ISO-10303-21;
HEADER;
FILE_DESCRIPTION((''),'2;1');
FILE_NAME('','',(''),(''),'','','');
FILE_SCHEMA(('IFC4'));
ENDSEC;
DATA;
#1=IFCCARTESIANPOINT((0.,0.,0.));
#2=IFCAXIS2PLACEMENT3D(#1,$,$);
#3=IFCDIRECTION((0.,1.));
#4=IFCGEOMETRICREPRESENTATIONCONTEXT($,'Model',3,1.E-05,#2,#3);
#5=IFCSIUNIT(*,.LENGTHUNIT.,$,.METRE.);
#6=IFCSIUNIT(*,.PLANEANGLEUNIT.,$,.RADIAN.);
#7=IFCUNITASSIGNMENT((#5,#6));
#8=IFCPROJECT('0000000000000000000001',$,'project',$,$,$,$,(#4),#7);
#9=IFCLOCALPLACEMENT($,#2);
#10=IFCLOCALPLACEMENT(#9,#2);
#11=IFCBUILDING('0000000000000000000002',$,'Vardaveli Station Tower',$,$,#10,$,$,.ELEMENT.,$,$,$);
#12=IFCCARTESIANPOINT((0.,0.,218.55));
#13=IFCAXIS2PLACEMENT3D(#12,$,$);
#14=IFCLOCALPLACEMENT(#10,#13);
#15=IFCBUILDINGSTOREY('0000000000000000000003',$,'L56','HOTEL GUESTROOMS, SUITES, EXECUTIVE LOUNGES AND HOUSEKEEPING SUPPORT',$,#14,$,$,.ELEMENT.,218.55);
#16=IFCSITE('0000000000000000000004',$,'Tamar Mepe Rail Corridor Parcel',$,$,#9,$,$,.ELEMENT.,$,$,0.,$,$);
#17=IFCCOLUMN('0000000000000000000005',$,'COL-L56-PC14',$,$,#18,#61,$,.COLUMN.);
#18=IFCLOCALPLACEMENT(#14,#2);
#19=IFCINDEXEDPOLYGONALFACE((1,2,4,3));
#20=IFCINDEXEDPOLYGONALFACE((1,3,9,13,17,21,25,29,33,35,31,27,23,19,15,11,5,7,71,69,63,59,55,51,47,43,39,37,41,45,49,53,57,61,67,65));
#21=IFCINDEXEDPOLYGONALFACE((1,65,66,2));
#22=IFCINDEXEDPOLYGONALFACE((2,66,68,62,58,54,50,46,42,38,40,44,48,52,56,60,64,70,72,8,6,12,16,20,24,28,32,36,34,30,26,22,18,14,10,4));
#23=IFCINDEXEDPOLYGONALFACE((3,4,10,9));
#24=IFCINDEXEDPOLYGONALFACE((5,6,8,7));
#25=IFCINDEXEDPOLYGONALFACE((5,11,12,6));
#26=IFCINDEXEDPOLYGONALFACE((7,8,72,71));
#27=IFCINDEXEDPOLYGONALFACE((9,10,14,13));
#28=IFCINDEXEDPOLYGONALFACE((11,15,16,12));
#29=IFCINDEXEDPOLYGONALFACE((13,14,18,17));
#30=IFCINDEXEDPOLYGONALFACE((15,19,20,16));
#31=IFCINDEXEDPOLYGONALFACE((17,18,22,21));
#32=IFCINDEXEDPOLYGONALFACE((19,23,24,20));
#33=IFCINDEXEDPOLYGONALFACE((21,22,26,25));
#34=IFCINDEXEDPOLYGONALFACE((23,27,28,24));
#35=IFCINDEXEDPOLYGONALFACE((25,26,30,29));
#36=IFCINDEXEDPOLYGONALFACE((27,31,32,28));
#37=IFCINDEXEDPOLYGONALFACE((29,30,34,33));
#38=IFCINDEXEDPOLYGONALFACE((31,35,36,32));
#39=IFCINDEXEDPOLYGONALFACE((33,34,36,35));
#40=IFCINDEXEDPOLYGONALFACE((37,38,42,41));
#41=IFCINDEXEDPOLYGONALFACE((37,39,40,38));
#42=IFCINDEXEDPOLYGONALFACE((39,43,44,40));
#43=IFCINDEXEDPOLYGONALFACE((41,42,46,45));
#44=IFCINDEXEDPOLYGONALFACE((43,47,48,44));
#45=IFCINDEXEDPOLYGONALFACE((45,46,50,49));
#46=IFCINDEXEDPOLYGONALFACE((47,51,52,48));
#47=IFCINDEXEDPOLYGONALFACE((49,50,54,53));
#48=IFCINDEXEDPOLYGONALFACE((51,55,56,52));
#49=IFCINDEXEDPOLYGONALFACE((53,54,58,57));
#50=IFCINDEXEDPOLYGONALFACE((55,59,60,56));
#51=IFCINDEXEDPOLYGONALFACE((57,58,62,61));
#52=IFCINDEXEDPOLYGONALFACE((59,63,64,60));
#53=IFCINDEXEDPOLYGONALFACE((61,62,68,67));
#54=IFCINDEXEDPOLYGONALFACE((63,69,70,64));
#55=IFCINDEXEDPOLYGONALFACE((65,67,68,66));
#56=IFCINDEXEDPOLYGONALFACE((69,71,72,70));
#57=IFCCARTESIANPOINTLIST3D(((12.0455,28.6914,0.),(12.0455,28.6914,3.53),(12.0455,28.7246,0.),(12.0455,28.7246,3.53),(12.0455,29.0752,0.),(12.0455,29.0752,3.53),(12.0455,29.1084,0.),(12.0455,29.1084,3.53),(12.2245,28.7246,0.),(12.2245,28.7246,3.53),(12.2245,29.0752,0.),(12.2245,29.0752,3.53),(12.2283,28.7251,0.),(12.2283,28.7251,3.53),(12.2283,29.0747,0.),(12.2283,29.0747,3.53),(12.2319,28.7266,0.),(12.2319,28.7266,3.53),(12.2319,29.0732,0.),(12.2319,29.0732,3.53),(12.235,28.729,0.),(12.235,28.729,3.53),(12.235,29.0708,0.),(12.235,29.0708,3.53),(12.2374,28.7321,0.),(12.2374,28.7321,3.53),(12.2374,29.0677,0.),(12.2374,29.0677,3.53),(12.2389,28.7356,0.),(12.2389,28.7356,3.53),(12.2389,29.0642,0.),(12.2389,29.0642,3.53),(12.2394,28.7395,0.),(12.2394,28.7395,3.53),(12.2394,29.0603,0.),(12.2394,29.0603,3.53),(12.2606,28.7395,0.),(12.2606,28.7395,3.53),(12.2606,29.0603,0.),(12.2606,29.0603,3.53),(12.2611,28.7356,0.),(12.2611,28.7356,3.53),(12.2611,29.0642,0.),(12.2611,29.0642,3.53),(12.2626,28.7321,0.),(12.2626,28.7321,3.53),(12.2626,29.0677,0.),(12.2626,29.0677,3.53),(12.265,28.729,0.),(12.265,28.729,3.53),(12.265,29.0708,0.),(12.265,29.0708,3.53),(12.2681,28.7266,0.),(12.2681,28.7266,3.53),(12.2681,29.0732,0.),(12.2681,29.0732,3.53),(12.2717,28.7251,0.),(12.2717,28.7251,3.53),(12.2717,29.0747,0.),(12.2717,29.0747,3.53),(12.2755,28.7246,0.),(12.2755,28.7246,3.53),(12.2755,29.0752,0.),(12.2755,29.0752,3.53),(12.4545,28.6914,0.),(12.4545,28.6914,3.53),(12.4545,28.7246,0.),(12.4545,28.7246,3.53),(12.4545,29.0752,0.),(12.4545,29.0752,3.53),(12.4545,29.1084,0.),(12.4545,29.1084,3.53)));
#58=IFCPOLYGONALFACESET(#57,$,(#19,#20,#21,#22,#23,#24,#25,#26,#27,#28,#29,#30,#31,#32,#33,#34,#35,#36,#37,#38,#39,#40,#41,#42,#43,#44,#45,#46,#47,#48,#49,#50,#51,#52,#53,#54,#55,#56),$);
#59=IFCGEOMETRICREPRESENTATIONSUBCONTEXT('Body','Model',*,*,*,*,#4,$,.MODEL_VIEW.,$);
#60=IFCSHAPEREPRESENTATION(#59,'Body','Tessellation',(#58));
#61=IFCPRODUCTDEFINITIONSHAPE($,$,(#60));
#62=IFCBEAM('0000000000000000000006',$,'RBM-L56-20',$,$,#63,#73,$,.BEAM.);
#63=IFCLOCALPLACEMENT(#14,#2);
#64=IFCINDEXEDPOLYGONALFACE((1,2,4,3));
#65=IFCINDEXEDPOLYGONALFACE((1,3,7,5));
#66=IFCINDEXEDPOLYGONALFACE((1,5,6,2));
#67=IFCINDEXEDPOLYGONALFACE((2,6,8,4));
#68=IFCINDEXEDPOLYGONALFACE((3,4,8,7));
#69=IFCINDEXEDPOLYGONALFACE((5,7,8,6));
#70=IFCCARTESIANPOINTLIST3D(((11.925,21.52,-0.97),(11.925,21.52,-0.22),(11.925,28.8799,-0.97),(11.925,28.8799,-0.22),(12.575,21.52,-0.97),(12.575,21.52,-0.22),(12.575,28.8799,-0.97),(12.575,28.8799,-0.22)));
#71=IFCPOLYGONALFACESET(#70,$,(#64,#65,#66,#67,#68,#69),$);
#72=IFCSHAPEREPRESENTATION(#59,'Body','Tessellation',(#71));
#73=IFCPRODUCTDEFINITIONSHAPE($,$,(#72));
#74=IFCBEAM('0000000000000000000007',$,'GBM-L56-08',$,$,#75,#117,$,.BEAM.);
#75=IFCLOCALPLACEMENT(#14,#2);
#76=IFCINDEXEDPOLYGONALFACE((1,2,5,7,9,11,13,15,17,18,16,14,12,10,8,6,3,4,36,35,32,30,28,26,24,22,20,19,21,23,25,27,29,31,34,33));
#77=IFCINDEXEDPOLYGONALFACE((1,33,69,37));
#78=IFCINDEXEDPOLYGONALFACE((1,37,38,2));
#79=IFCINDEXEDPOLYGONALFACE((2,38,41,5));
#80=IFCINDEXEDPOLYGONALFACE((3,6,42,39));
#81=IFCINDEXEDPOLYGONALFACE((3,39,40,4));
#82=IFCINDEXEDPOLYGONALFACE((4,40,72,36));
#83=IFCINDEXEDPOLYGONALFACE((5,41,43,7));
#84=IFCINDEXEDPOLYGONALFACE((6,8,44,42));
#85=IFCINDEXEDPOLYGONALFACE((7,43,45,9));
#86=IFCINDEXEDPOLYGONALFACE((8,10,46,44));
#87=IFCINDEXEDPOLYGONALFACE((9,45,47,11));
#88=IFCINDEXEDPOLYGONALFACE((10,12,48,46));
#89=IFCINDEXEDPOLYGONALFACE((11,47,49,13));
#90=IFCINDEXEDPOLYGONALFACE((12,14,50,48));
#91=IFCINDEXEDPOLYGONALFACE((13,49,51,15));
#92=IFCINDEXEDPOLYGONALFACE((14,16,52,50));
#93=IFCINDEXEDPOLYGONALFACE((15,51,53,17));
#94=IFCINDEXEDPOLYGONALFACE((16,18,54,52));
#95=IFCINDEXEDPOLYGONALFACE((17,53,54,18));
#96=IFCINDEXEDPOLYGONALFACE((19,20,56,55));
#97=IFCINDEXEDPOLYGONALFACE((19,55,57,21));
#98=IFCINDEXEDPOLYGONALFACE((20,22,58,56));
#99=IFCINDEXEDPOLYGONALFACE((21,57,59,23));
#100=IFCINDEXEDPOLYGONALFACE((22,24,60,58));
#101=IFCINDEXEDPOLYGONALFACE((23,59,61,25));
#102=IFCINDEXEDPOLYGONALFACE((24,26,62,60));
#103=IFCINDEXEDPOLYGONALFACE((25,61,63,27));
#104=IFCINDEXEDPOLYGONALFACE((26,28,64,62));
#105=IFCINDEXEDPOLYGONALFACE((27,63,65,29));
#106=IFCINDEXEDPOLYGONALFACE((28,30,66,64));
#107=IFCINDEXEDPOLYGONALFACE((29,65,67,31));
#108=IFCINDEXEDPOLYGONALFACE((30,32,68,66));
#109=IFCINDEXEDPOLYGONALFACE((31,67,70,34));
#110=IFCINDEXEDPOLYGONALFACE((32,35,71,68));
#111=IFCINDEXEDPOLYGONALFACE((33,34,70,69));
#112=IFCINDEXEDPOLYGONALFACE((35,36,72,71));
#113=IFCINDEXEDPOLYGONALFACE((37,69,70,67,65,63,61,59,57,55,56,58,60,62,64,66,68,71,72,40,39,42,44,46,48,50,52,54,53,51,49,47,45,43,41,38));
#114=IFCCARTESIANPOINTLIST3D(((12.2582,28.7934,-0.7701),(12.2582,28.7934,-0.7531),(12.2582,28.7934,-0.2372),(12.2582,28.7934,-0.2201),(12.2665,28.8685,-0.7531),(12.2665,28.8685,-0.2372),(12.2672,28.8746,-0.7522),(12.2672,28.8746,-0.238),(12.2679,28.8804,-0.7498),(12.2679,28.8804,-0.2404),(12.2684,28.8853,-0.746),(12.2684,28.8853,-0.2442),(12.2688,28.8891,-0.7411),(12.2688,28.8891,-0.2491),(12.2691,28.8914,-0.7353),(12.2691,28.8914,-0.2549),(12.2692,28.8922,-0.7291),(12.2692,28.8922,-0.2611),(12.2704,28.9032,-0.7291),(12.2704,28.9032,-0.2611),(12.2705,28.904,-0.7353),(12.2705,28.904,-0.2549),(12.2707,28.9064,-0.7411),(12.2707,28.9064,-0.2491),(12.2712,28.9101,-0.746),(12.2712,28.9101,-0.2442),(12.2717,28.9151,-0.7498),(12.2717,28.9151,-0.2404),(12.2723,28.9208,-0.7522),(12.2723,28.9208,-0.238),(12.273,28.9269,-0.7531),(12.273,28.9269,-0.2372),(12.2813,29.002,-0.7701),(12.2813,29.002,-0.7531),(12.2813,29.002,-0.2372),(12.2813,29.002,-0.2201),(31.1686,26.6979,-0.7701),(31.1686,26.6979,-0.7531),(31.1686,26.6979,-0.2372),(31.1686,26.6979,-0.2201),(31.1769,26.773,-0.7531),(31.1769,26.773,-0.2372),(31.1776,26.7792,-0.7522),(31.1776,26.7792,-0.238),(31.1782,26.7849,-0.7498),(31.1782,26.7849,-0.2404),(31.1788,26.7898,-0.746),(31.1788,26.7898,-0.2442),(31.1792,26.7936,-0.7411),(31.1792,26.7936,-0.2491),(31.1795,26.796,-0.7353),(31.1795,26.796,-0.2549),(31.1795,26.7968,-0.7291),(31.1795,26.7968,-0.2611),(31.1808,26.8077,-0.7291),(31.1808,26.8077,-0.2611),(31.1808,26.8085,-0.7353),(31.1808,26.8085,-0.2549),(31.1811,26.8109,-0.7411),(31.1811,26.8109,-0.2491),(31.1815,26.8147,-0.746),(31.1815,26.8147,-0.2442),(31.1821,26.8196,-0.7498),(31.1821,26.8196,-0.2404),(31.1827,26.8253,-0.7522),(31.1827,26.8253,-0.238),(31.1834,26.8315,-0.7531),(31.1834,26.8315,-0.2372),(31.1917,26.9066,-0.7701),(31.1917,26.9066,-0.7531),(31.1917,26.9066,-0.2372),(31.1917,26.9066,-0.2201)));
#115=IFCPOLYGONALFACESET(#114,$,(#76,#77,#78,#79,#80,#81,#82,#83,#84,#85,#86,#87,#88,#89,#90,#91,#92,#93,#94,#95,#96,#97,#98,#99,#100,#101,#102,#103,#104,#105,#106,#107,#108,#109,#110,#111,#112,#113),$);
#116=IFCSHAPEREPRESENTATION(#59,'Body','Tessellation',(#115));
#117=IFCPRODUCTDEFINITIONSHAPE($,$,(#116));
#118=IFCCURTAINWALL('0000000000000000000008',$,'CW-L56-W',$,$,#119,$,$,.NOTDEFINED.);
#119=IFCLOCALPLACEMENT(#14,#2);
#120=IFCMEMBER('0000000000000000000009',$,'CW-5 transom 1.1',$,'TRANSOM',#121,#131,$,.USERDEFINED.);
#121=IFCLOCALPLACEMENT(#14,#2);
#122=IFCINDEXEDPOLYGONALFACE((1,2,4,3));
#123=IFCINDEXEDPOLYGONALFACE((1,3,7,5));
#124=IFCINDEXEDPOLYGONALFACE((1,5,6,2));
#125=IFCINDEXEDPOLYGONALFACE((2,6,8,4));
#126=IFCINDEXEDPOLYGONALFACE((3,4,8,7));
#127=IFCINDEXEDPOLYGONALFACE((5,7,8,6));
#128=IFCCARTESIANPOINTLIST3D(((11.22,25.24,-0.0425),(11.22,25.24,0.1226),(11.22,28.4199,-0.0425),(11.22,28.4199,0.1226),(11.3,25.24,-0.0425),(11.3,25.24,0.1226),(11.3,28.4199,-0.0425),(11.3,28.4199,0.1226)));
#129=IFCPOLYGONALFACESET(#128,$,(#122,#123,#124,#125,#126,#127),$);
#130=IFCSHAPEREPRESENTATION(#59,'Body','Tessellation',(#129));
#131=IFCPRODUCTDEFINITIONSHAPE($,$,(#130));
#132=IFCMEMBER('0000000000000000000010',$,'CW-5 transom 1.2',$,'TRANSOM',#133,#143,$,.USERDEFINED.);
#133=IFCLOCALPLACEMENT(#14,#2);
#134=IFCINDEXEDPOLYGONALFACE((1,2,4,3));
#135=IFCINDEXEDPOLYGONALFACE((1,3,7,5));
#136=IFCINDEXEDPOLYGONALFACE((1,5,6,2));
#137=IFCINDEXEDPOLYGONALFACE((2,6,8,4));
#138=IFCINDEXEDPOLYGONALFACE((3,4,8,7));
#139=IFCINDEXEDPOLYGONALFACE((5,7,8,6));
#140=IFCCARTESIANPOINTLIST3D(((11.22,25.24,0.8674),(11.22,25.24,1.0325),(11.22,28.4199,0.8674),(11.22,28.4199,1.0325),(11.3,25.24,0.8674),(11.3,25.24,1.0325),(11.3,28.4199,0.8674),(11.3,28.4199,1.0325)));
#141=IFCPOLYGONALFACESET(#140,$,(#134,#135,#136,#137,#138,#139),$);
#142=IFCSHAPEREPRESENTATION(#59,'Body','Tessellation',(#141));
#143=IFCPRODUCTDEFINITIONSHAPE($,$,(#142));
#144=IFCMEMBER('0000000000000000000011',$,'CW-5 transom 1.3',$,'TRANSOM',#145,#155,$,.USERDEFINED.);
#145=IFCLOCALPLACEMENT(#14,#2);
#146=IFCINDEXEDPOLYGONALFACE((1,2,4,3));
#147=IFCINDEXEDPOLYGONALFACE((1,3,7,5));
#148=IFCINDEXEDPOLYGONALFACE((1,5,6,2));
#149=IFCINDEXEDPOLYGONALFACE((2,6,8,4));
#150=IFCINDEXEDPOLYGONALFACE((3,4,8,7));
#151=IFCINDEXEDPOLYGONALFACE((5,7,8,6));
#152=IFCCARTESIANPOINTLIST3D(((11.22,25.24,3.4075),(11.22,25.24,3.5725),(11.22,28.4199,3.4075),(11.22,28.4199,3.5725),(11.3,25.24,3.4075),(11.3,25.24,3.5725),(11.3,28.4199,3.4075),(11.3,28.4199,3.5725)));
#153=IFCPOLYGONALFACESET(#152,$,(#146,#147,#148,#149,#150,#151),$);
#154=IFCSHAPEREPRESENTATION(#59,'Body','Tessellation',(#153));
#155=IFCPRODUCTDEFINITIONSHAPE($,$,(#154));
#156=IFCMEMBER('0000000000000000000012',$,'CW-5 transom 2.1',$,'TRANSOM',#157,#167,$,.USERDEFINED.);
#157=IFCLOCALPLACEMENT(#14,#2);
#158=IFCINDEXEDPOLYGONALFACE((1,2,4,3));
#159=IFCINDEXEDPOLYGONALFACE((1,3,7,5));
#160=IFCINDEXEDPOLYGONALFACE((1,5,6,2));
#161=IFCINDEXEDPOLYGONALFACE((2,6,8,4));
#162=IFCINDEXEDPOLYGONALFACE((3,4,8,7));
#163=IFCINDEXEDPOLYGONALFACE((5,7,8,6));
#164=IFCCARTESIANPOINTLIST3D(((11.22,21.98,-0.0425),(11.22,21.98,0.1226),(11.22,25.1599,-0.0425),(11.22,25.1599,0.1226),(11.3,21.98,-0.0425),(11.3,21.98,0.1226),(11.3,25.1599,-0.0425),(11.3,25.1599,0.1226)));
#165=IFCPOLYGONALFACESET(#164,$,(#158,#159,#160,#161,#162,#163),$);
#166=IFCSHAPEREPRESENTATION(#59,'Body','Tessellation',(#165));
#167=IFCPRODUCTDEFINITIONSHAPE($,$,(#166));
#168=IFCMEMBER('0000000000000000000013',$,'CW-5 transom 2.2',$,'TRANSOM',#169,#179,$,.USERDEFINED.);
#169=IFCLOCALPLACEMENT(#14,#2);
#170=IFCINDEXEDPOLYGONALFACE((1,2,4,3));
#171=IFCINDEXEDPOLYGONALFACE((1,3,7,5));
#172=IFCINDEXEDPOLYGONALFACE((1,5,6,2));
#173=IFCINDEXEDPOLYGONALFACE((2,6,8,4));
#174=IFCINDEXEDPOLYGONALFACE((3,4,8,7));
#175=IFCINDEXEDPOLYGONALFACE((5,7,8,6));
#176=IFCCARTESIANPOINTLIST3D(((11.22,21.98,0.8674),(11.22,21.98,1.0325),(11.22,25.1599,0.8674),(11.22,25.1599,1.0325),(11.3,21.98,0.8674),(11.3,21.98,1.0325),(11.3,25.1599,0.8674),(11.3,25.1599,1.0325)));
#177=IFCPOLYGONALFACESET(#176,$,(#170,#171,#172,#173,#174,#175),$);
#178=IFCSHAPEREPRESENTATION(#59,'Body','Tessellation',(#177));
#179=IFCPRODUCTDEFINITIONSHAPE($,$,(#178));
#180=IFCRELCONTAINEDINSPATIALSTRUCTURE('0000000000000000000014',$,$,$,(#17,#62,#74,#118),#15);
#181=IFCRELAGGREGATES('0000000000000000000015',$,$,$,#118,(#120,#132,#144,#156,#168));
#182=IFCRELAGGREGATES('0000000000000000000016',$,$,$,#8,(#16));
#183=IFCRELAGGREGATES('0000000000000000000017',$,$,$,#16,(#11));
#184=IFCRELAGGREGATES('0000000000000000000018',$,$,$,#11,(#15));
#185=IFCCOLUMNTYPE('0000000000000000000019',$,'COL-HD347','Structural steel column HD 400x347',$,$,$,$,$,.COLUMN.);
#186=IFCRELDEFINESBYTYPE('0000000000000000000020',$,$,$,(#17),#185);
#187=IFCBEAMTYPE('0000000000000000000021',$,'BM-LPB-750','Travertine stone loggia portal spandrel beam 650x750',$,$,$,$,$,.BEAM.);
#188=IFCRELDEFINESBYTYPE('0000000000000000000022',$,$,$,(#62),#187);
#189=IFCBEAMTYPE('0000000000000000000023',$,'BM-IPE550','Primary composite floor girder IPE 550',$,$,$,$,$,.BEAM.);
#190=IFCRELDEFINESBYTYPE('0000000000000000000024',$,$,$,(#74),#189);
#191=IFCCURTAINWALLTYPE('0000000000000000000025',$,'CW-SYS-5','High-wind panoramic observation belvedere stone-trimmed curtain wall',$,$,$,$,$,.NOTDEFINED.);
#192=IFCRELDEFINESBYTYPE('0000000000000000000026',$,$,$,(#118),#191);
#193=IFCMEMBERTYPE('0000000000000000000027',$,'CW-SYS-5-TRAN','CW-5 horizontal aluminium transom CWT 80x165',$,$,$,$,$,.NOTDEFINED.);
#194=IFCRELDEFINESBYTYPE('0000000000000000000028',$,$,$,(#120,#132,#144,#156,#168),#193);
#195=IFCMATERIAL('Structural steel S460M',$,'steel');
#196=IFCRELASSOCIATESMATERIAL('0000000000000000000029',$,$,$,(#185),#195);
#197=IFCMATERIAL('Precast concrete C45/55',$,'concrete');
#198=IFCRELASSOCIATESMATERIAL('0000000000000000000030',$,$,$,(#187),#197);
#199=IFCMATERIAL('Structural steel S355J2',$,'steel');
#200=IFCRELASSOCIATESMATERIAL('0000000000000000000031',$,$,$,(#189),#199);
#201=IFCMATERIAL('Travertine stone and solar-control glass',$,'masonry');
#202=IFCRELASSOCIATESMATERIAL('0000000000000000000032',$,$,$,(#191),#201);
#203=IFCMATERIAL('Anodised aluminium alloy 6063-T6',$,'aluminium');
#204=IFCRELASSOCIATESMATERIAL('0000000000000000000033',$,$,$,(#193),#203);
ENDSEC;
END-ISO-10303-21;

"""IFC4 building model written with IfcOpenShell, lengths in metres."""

from ifc_helpers import new_model, si_unit, direction, frame, origin, origin_2d, place, context, subcontext, project, spatial, rectangle, i_section, extrude, source, transform, mapped, material, material_profile, profile_set, type_object, element, aggregate, save


model = new_model("IFC4")

# Units and contexts
model_context = context("Model", 3, precision=1e-05, world=origin(), true_north=direction((0.0, 1.0)))
body_context = subcontext(model_context, "Body", "Model", "MODEL_VIEW")
ifc_project = project(units=[si_unit("LENGTHUNIT", "METRE"), si_unit("PLANEANGLEUNIT", "RADIAN")], contexts=[model_context])

# Site, building, storey
site_placement = place(None, origin())
site = spatial("IfcSite", under=ifc_project, at=site_placement, Name="Tamar Mepe Rail Corridor Parcel", CompositionType="ELEMENT", RefElevation=0.0)
building_placement = place(site_placement, origin())
building = spatial("IfcBuilding", under=site, at=building_placement, Name="Vardaveli Station Tower", CompositionType="ELEMENT")
storey_placement = place(building_placement, frame((0.0, 0.0, 218.55)))
storey = spatial("IfcBuildingStorey", under=building, at=storey_placement, Name="L56", Description="HOTEL GUESTROOMS, SUITES, EXECUTIVE LOUNGES AND HOUSEKEEPING SUPPORT", CompositionType="ELEMENT", Elevation=218.55)

# Column
ifc_material_1 = material(Name="Structural steel S460M", Category="steel")
ifc_material_profile_1 = material_profile(ifc_material_1, i_section(OverallWidth=0.4089, OverallDepth=0.417, WebThickness=0.0212, FlangeThickness=0.0332, FilletRadius=0.0149, at=origin_2d()), Name="HD 400x347")
ifc_profile_set_1 = profile_set([ifc_material_profile_1], Name="Structural steel S460M")
column_type = type_object("IfcColumnType", Name="COL-HD347", Description="Structural steel column HD 400x347", PredefinedType="COLUMN", material=ifc_profile_set_1)
shared_shape_1 = source(origin(), body_context, "Body", "SweptSolid", [
    extrude(i_section(OverallWidth=0.4089, OverallDepth=0.417, WebThickness=0.0212, FlangeThickness=0.0332, FilletRadius=0.0149, at=origin_2d()), origin(), (0.0, 0.0, 1.0), 3.53),
])
column_placement = place(storey_placement, frame((12.25, 28.8999, 0.0), z_axis=(0.0, 0.0, 1.0), x_axis=(1.0, 0.0, 0.0)))
element("IfcColumn", 1, at=column_placement, inside=storey, type_object=column_type, Name="COL-L56-PC14", PredefinedType="COLUMN", context=body_context, shape_type="MappedRepresentation", body=[
    mapped(shared_shape_1, transform((0.0, 0.0, 0.0), scale=1.0)),
])

# Beams
ifc_material_2 = material(Name="Precast concrete C45/55", Category="concrete")
ifc_material_profile_2 = material_profile(ifc_material_2, rectangle(XDim=0.6499, YDim=0.75, at=origin_2d()), Name="LPB 650x750")
ifc_profile_set_2 = profile_set([ifc_material_profile_2], Name="Precast concrete C45/55")
beam_type_1 = type_object("IfcBeamType", Name="BM-LPB-750", Description="Travertine stone loggia portal spandrel beam 650x750", PredefinedType="BEAM", material=ifc_profile_set_2)
shared_shape_2 = source(origin(), body_context, "Body", "SweptSolid", [
    extrude(rectangle(XDim=0.6499, YDim=0.75, at=origin_2d()), origin(), (0.0, 0.0, 1.0), 7.3599),
])
beam_1_placement = place(storey_placement, frame((12.25, 28.8799, -0.595), z_axis=(0.0, -1.0, 0.0), x_axis=(1.0, 0.0, 0.0)))
element("IfcBeam", 2, at=beam_1_placement, inside=storey, type_object=beam_type_1, Name="RBM-L56-20", PredefinedType="BEAM", context=body_context, shape_type="MappedRepresentation", body=[
    mapped(shared_shape_2, transform((0.0, 0.0, 0.0), scale=1.0)),
])
ifc_material_3 = material(Name="Structural steel S355J2", Category="steel")
ifc_material_profile_3 = material_profile(ifc_material_3, i_section(OverallWidth=0.21, OverallDepth=0.55, WebThickness=0.011, FlangeThickness=0.0171, FilletRadius=0.0239, at=origin_2d()), Name="IPE 550")
ifc_profile_set_3 = profile_set([ifc_material_profile_3], Name="Structural steel S355J2")
beam_type_2 = type_object("IfcBeamType", Name="BM-IPE550", Description="Primary composite floor girder IPE 550", PredefinedType="BEAM", material=ifc_profile_set_3)
shared_shape_3 = source(origin(), body_context, "Body", "SweptSolid", [
    extrude(i_section(OverallWidth=0.21, OverallDepth=0.55, WebThickness=0.011, FlangeThickness=0.0171, FilletRadius=0.0239, at=origin_2d()), origin(), (0.0, 0.0, 1.0), 19.0261),
])
beam_2_placement = place(storey_placement, frame((12.2698, 28.8977, -0.4951), z_axis=(0.993917, -0.110136, 0.0), x_axis=(0.110136, 0.993917, 0.0)))
element("IfcBeam", 3, at=beam_2_placement, inside=storey, type_object=beam_type_2, Name="GBM-L56-08", PredefinedType="BEAM", context=body_context, shape_type="MappedRepresentation", body=[
    mapped(shared_shape_3, transform((0.0, 0.0, 0.0), scale=1.0)),
])

# Curtain wall, members
ifc_material_4 = material(Name="Travertine stone and solar-control glass", Category="masonry")
curtain_wall_type = type_object("IfcCurtainWallType", Name="CW-SYS-5", Description="High-wind panoramic observation belvedere stone-trimmed curtain wall", PredefinedType="NOTDEFINED", material=ifc_material_4)
curtain_wall_placement = place(storey_placement, origin())
curtain_wall = element("IfcCurtainWall", 4, at=curtain_wall_placement, inside=storey, type_object=curtain_wall_type, Name="CW-L56-W", PredefinedType="NOTDEFINED")
ifc_material_5 = material(Name="Anodised aluminium alloy 6063-T6", Category="aluminium")
ifc_material_profile_4 = material_profile(ifc_material_5, rectangle(XDim=0.0801, YDim=0.165, at=origin_2d()), Name="CWT 80x165")
ifc_profile_set_4 = profile_set([ifc_material_profile_4], Name="Anodised aluminium alloy 6063-T6")
member_type_1 = type_object("IfcMemberType", Name="CW-SYS-5-TRAN", Description="CW-5 horizontal aluminium transom CWT 80x165", PredefinedType="NOTDEFINED", material=ifc_profile_set_4)
shared_shape_4 = source(origin(), body_context, "Body", "SweptSolid", [
    extrude(rectangle(XDim=0.0801, YDim=0.165, at=origin_2d()), origin(), (0.0, 0.0, 1.0), 3.1799),
])
member_1_placement = place(storey_placement, frame((11.26, 28.4199, 0.04), z_axis=(0.0, -1.0, 0.0), x_axis=(1.0, 0.0, 0.0)))
member_1 = element("IfcMember", 5, at=member_1_placement, type_object=member_type_1, Name="CW-5 transom 1.1", ObjectType="TRANSOM", PredefinedType="USERDEFINED", context=body_context, shape_type="MappedRepresentation", body=[
    mapped(shared_shape_4, transform((0.0, 0.0, 0.0), scale=1.0)),
])
member_2_placement = place(storey_placement, frame((11.26, 28.4199, 0.95), z_axis=(0.0, -1.0, 0.0), x_axis=(1.0, 0.0, 0.0)))
member_2 = element("IfcMember", 6, at=member_2_placement, type_object=member_type_1, Name="CW-5 transom 1.2", ObjectType="TRANSOM", PredefinedType="USERDEFINED", context=body_context, shape_type="MappedRepresentation", body=[
    mapped(shared_shape_4, transform((0.0, 0.0, 0.0), scale=1.0)),
])
member_3_placement = place(storey_placement, frame((11.26, 28.4199, 3.49), z_axis=(0.0, -1.0, 0.0), x_axis=(1.0, 0.0, 0.0)))
member_3 = element("IfcMember", 7, at=member_3_placement, type_object=member_type_1, Name="CW-5 transom 1.3", ObjectType="TRANSOM", PredefinedType="USERDEFINED", context=body_context, shape_type="MappedRepresentation", body=[
    mapped(shared_shape_4, transform((0.0, 0.0, 0.0), scale=1.0)),
])
member_4_placement = place(storey_placement, frame((11.26, 25.1599, 0.04), z_axis=(0.0, -1.0, 0.0), x_axis=(1.0, 0.0, 0.0)))
member_4 = element("IfcMember", 8, at=member_4_placement, type_object=member_type_1, Name="CW-5 transom 2.1", ObjectType="TRANSOM", PredefinedType="USERDEFINED", context=body_context, shape_type="MappedRepresentation", body=[
    mapped(shared_shape_4, transform((0.0, 0.0, 0.0), scale=1.0)),
])
member_5_placement = place(storey_placement, frame((11.26, 25.1599, 0.95), z_axis=(0.0, -1.0, 0.0), x_axis=(1.0, 0.0, 0.0)))
member_5 = element("IfcMember", 9, at=member_5_placement, type_object=member_type_1, Name="CW-5 transom 2.2", ObjectType="TRANSOM", PredefinedType="USERDEFINED", context=body_context, shape_type="MappedRepresentation", body=[
    mapped(shared_shape_4, transform((0.0, 0.0, 0.0), scale=1.0)),
])
aggregate(curtain_wall, [member_1, member_2, member_3, member_4, member_5])

save(model, "model.ifc")
